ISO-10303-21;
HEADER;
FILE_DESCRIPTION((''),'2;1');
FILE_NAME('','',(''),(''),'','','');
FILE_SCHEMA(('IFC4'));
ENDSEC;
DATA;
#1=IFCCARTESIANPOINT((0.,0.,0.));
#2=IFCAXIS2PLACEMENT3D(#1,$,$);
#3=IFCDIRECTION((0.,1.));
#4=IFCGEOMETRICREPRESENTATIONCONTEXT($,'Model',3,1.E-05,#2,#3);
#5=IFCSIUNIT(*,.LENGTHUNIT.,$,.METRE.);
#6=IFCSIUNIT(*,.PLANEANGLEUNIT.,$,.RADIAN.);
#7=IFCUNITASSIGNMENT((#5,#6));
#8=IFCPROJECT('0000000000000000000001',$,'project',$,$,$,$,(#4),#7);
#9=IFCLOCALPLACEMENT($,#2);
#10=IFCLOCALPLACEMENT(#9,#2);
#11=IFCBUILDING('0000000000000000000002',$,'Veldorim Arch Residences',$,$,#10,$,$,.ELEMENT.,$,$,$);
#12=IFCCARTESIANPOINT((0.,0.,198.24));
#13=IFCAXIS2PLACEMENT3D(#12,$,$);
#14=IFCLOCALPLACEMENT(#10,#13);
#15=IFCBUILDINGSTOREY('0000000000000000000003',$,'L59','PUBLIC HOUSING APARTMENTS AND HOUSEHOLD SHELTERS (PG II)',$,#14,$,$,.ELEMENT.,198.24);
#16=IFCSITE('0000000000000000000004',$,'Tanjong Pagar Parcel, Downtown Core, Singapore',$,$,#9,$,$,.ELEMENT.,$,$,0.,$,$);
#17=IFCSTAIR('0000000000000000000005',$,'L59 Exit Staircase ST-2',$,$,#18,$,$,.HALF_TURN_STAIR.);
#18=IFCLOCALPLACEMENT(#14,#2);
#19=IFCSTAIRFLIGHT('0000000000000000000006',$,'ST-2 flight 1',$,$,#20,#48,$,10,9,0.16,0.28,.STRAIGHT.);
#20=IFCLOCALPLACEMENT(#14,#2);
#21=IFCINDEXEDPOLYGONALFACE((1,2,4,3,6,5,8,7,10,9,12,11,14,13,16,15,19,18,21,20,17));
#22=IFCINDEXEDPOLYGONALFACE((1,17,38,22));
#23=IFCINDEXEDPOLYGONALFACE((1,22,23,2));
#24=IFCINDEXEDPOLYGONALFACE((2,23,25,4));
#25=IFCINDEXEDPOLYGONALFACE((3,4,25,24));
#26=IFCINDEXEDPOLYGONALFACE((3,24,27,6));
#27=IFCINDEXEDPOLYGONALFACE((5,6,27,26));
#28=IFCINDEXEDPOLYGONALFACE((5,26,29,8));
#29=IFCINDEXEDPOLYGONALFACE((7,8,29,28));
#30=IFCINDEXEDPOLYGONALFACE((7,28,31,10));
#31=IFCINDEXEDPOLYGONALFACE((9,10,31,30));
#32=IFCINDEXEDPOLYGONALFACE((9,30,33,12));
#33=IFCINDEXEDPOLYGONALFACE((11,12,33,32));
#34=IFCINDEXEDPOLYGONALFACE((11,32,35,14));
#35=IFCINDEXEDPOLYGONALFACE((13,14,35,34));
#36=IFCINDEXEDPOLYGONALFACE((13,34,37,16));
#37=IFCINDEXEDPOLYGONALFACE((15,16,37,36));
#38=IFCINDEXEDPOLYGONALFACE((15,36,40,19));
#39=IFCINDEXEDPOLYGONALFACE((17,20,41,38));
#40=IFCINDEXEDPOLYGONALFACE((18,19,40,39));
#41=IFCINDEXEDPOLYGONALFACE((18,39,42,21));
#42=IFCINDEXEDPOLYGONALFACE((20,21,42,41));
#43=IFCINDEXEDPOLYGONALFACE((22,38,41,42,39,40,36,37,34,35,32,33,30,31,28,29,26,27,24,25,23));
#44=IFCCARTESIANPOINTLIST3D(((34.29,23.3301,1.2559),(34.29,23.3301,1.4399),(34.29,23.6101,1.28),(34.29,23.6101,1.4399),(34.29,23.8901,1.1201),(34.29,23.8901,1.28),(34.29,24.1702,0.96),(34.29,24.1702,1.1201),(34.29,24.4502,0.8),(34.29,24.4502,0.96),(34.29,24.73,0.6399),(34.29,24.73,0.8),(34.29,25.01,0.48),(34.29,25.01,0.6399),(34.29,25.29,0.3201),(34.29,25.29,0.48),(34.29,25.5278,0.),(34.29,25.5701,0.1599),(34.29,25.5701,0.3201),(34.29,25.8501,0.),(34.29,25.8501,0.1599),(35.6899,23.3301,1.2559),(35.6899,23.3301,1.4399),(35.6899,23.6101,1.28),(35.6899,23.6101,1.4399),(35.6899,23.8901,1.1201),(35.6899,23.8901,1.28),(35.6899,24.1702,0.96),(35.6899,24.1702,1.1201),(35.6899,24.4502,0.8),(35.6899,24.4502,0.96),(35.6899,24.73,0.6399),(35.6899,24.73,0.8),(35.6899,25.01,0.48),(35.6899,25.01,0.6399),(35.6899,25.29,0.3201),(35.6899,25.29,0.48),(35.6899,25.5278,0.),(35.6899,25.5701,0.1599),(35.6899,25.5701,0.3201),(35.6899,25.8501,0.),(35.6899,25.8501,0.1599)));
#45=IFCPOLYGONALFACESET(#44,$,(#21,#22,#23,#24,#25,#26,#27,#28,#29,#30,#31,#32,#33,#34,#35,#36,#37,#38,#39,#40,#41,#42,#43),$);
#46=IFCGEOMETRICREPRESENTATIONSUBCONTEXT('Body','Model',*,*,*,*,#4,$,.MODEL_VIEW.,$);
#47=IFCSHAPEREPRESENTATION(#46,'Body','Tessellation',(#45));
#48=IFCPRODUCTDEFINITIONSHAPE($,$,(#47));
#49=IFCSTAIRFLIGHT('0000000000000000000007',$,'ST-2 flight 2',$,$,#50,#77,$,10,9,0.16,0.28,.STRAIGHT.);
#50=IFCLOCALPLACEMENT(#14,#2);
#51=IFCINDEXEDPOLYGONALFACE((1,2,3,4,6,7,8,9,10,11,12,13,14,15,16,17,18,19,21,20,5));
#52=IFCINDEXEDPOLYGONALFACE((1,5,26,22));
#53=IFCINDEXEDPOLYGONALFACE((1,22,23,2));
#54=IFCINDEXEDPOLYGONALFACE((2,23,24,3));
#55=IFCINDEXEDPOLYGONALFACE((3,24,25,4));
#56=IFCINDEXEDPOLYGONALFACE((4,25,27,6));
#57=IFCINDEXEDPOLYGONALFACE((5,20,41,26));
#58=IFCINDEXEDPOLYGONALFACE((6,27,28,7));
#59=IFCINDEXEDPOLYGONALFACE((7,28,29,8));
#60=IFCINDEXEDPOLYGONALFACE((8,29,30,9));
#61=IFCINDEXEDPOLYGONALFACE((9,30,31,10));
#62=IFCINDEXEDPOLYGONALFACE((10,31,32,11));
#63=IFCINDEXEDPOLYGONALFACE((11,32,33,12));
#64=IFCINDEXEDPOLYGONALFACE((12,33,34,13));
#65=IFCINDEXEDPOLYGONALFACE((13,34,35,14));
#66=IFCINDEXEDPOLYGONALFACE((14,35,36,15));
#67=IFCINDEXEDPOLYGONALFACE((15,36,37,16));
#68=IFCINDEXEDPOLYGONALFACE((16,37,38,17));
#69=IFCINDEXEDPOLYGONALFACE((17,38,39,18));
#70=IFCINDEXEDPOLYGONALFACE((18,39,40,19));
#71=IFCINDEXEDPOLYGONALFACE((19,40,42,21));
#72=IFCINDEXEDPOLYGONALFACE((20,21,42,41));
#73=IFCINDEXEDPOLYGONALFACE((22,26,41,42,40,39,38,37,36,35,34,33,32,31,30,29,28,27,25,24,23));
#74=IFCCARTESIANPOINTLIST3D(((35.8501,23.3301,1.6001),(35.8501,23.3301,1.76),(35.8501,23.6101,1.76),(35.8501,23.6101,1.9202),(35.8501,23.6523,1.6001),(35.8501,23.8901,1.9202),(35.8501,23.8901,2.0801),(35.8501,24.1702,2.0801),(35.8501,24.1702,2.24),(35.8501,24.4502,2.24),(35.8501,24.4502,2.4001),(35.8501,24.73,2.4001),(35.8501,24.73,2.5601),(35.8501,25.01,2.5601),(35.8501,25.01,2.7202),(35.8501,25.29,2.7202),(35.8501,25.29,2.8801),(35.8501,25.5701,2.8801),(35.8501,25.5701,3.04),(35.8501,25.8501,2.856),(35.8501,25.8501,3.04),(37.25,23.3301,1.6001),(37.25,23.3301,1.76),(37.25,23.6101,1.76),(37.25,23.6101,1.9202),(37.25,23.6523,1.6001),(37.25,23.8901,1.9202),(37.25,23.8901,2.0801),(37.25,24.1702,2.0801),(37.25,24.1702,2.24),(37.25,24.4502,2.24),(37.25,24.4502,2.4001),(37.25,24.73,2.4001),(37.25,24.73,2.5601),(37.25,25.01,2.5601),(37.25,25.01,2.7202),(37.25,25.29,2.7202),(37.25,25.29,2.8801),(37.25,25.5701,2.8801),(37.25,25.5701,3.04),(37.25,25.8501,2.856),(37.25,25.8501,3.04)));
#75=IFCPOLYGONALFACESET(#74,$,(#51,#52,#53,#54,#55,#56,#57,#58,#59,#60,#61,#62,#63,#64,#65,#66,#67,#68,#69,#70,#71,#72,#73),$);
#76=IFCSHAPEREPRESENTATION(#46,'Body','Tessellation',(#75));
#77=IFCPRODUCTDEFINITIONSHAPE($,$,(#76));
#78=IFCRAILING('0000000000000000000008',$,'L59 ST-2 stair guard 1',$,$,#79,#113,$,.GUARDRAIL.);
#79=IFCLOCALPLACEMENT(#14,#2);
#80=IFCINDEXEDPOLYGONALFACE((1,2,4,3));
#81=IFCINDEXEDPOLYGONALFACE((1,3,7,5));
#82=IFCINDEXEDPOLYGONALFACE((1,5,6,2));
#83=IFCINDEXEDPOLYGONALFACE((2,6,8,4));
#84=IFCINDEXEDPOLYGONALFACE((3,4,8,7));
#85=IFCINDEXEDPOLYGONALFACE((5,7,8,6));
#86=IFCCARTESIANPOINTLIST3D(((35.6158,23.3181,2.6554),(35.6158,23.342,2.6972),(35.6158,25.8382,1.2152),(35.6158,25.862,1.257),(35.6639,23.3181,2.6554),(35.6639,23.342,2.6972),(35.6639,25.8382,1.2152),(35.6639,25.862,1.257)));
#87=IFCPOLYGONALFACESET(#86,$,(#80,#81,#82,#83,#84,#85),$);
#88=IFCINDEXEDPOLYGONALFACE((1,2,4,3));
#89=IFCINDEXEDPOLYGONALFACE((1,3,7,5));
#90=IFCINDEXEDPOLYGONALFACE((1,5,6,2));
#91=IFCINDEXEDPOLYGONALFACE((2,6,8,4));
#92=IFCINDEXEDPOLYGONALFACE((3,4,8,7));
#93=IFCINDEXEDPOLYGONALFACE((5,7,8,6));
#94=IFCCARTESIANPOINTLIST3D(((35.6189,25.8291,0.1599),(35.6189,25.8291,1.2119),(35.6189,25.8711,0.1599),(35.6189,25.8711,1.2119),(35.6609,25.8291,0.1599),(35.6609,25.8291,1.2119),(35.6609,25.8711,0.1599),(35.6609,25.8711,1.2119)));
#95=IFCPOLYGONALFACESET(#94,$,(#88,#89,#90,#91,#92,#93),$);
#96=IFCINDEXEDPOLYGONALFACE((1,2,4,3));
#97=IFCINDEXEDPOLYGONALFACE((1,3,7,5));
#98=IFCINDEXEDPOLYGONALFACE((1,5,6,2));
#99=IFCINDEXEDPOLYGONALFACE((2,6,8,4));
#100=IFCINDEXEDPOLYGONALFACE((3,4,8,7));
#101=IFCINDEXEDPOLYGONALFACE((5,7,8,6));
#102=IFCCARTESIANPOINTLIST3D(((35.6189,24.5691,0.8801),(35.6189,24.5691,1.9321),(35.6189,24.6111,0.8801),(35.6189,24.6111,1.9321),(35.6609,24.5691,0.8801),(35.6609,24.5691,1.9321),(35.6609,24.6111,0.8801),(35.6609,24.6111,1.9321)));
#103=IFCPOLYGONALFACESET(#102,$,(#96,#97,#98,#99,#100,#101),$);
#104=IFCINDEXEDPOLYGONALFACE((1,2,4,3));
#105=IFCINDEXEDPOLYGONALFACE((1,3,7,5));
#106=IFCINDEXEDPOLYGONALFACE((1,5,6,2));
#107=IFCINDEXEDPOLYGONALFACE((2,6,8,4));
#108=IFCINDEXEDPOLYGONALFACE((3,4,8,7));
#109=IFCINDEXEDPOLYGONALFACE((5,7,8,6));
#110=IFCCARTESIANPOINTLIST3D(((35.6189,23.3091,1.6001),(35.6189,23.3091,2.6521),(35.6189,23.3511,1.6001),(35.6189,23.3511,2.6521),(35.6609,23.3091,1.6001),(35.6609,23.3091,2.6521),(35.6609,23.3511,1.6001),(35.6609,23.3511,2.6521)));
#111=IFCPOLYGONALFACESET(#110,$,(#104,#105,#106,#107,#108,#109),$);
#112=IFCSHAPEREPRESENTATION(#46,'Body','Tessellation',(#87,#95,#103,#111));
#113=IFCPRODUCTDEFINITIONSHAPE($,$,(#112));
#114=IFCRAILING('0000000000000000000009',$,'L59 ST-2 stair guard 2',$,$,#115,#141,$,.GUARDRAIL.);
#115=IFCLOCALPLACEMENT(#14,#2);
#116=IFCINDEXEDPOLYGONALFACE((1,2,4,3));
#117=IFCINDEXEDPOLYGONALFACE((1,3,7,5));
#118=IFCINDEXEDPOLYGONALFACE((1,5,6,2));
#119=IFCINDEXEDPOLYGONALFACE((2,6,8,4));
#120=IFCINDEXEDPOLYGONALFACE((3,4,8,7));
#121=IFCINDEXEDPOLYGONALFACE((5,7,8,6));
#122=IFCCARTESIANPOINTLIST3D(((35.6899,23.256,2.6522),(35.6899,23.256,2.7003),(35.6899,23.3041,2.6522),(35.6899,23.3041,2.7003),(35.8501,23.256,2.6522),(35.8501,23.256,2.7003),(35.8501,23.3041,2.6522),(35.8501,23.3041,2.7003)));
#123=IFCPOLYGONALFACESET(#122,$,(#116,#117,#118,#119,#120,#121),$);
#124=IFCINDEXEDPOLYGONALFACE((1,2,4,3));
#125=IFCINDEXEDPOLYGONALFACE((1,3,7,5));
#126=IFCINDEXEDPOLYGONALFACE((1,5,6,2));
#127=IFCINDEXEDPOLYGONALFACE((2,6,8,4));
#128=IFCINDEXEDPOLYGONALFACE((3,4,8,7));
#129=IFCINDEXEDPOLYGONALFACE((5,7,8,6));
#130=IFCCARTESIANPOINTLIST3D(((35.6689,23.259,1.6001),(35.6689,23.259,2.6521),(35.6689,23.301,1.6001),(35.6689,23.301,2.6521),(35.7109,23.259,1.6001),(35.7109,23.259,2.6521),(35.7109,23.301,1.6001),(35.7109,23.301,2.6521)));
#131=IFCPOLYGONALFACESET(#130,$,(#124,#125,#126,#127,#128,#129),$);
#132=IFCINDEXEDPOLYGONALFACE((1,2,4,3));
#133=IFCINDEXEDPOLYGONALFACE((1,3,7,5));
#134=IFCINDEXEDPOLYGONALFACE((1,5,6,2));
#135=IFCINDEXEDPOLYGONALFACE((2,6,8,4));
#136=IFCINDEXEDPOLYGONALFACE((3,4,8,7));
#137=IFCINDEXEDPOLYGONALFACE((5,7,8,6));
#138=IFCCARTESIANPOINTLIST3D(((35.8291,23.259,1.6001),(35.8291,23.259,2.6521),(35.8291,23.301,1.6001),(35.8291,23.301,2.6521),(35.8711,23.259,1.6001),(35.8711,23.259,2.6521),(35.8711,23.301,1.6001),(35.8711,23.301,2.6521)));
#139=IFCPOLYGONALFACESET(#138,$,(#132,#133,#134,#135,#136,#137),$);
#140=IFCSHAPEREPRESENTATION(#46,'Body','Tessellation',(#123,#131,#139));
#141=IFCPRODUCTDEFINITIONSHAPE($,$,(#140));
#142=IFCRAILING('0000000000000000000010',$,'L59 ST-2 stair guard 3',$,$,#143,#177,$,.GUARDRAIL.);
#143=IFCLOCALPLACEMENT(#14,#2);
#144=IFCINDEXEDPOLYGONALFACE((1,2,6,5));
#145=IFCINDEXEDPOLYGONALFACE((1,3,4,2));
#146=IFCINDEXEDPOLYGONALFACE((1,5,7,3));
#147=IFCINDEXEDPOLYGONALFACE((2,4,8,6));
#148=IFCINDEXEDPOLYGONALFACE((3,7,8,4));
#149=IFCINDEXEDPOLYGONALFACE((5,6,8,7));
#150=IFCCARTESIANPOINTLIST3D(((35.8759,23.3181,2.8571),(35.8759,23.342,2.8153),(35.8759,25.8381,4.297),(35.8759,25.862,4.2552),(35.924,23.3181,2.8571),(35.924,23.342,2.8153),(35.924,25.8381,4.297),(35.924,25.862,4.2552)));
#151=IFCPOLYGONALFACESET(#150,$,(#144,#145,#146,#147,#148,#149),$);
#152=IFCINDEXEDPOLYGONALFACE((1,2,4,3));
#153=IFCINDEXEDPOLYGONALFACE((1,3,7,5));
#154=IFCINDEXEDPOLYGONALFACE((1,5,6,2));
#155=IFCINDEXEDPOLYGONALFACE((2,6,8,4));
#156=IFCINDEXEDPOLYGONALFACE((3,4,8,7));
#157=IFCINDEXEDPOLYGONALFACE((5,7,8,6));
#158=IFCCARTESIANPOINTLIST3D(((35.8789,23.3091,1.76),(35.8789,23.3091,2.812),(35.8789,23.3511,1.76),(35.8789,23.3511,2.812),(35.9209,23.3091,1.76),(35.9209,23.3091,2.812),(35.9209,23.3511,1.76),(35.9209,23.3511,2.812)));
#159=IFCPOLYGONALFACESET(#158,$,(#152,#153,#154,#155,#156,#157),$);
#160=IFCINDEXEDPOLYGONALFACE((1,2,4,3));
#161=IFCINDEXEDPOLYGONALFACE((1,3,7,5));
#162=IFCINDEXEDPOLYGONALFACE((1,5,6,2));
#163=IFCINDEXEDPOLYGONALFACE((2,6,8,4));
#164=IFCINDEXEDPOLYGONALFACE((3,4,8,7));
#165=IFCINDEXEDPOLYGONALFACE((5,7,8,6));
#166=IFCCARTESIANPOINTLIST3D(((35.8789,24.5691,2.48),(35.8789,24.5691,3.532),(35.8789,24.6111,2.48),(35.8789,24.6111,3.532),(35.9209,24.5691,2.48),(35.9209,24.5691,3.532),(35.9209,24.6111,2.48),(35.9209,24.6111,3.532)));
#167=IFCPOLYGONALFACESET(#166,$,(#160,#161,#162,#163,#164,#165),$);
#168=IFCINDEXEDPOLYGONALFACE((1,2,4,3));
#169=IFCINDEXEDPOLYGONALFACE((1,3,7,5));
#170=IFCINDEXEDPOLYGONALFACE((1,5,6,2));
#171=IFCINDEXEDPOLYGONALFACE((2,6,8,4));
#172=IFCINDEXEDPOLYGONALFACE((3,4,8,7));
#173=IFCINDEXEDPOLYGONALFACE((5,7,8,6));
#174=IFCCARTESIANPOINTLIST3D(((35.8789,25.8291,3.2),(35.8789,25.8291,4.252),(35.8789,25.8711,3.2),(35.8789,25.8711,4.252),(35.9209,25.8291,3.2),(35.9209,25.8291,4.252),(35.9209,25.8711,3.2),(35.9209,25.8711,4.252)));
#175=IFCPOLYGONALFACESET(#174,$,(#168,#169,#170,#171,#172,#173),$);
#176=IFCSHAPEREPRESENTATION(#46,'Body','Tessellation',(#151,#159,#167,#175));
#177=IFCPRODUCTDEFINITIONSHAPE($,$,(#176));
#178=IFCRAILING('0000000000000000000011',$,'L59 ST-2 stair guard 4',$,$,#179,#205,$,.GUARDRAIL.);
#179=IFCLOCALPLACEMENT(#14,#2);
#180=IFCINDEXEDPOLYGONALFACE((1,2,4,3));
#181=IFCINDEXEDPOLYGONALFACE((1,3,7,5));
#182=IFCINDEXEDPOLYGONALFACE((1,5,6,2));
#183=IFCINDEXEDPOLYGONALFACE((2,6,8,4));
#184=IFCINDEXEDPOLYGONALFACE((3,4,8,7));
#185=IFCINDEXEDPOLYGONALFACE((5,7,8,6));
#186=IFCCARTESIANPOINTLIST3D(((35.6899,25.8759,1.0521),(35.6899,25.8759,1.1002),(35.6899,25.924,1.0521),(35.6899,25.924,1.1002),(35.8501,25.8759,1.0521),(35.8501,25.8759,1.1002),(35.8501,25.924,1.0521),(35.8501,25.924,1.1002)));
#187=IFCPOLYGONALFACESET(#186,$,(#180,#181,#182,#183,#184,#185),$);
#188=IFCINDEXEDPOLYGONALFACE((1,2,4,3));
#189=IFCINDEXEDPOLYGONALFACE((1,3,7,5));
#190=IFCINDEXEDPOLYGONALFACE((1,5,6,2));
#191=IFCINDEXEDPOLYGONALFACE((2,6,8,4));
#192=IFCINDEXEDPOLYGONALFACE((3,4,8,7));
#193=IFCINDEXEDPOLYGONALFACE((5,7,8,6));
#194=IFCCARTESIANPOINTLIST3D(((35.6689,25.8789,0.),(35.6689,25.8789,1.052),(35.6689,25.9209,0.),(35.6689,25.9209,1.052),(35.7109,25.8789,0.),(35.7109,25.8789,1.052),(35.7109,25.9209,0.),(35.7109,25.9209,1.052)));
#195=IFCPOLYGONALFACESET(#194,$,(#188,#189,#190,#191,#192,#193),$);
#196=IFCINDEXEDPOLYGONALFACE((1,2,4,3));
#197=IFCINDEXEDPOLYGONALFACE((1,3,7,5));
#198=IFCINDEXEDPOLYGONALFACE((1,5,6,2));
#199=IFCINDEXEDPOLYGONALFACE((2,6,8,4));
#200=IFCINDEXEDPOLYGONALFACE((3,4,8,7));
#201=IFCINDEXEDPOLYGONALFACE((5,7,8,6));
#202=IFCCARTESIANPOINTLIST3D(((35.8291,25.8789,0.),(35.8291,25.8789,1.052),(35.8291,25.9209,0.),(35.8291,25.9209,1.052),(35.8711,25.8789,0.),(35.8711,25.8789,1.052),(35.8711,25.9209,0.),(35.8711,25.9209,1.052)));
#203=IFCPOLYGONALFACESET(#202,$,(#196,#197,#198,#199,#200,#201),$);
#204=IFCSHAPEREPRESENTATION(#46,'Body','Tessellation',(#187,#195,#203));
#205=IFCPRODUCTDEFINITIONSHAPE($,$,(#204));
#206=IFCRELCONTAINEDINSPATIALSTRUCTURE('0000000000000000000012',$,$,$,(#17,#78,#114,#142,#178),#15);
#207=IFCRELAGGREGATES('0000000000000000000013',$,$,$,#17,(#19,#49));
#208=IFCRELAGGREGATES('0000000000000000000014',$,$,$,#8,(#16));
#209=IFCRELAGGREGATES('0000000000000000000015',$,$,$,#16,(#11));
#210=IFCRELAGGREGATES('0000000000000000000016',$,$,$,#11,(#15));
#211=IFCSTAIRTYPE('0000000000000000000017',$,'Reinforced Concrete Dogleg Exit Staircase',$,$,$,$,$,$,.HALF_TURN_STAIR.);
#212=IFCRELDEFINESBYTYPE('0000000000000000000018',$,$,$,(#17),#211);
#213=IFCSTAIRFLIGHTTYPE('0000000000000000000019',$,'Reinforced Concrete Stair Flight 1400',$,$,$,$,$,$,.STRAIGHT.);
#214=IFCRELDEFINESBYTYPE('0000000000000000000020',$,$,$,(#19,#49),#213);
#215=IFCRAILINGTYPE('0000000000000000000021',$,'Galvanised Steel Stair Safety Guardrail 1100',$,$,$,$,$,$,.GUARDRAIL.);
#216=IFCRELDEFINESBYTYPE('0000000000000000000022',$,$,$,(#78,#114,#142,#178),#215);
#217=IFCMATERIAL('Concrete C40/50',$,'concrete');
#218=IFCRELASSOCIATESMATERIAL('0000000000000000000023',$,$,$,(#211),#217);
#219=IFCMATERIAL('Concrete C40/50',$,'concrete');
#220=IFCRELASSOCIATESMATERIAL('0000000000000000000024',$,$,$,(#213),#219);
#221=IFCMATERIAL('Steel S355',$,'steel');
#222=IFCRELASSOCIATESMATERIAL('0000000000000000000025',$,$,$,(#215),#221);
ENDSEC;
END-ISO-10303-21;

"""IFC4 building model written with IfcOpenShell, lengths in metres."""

from ifc_helpers import new_model, si_unit, direction, frame, origin, origin_2d, place, context, subcontext, project, spatial, polyline, rectangle, outline, extrude, material, type_object, element, aggregate, save


model = new_model("IFC4")

# Units and contexts
model_context = context("Model", 3, precision=1e-05, world=origin(), true_north=direction((0.0, 1.0)))
body_context = subcontext(model_context, "Body", "Model", "MODEL_VIEW")
ifc_project = project(units=[si_unit("LENGTHUNIT", "METRE"), si_unit("PLANEANGLEUNIT", "RADIAN")], contexts=[model_context])

# Site, building, storey
site_placement = place(None, origin())
site = spatial("IfcSite", under=ifc_project, at=site_placement, Name="Tanjong Pagar Parcel, Downtown Core, Singapore", CompositionType="ELEMENT", RefElevation=0.0)
building_placement = place(site_placement, origin())
building = spatial("IfcBuilding", under=site, at=building_placement, Name="Veldorim Arch Residences", CompositionType="ELEMENT")
storey_placement = place(building_placement, frame((0.0, 0.0, 198.24)))
storey = spatial("IfcBuildingStorey", under=building, at=storey_placement, Name="L59", Description="PUBLIC HOUSING APARTMENTS AND HOUSEHOLD SHELTERS (PG II)", CompositionType="ELEMENT", Elevation=198.24)

# Stair, stair flights
ifc_material_1 = material(Name="Concrete C40/50", Category="concrete")
stair_type = type_object("IfcStairType", Name="Reinforced Concrete Dogleg Exit Staircase", PredefinedType="HALF_TURN_STAIR", material=ifc_material_1)
stair_placement = place(storey_placement, origin())
stair = element("IfcStair", 1, at=stair_placement, inside=storey, type_object=stair_type, Name="L59 Exit Staircase ST-2", PredefinedType="HALF_TURN_STAIR")
ifc_material_2 = material(Name="Concrete C40/50", Category="concrete")
stair_flight_type = type_object("IfcStairFlightType", Name="Reinforced Concrete Stair Flight 1400", PredefinedType="STRAIGHT", material=ifc_material_2)
stair_flight_1_placement = place(storey_placement, frame((34.99, 25.8501, 0.0), z_axis=(0.0, 0.0, 1.0), x_axis=(0.0, -1.0, 0.0)))
stair_flight_1 = element("IfcStairFlight", 2, at=stair_flight_1_placement, type_object=stair_flight_type, Name="ST-2 flight 1", NumberOfRisers=10, NumberOfTreads=9, PredefinedType="STRAIGHT", RiserHeight=0.16, TreadLength=0.28, context=body_context, shape_type="SweptSolid", body=[
    extrude(outline(polyline([(0.0, 0.0), (0.0, 0.1599), (0.28, 0.1599), (0.28, 0.3201), (0.5601, 0.3201), (0.5601, 0.48), (0.8401, 0.48), (0.8401, 0.6399), (1.1201, 0.6399), (1.1201, 0.8), (1.3999, 0.8), (1.3999, 0.96), (1.6799, 0.96), (1.6799, 1.1201), (1.96, 1.1201), (1.96, 1.28), (2.24, 1.28), (2.24, 1.4399), (2.52, 1.4399), (2.52, 1.6001), (2.52, 1.2559), (0.3223, 0.0), (0.0, 0.0)])), frame((0.0, 0.7, 0.0), z_axis=(0.0, -1.0, 0.0), x_axis=(1.0, 0.0, 0.0)), (0.0, 0.0, 1.0), 1.3999),
])
stair_flight_2_placement = place(storey_placement, frame((36.55, 23.3301, 1.6001), z_axis=(0.0, 0.0, 1.0), x_axis=(0.0, 1.0, 0.0)))
stair_flight_2 = element("IfcStairFlight", 3, at=stair_flight_2_placement, type_object=stair_flight_type, Name="ST-2 flight 2", NumberOfRisers=10, NumberOfTreads=9, PredefinedType="STRAIGHT", RiserHeight=0.16, TreadLength=0.28, context=body_context, shape_type="SweptSolid", body=[
    extrude(outline(polyline([(0.0, 0.0), (0.0, 0.1599), (0.28, 0.1599), (0.28, 0.3201), (0.5601, 0.3201), (0.5601, 0.48), (0.8401, 0.48), (0.8401, 0.6399), (1.1201, 0.6399), (1.1201, 0.8), (1.3999, 0.8), (1.3999, 0.96), (1.6799, 0.96), (1.6799, 1.1201), (1.96, 1.1201), (1.96, 1.28), (2.24, 1.28), (2.24, 1.4399), (2.52, 1.4399), (2.52, 1.6001), (2.52, 1.2559), (0.3223, 0.0), (0.0, 0.0)])), frame((0.0, 0.7, 0.0), z_axis=(0.0, -1.0, 0.0), x_axis=(1.0, 0.0, 0.0)), (0.0, 0.0, 1.0), 1.3999),
])
aggregate(stair, [stair_flight_1, stair_flight_2])

# Railings
ifc_material_3 = material(Name="Steel S355", Category="steel")
railing_type_1 = type_object("IfcRailingType", Name="Galvanised Steel Stair Safety Guardrail 1100", PredefinedType="GUARDRAIL", material=ifc_material_3)
railing_1_placement = place(storey_placement, frame((35.6399, 25.8501, 0.1599)))
element("IfcRailing", 4, at=railing_1_placement, inside=storey, type_object=railing_type_1, Name="L59 ST-2 stair guard 1", PredefinedType="GUARDRAIL", context=body_context, shape_type="SweptSolid", body=[
    extrude(rectangle(XDim=0.0481, YDim=0.0481, at=origin_2d()), frame((0.0, 0.0, 1.0762), z_axis=(0.0, -0.868217, 0.496184), x_axis=(1.0, 0.0, 0.0)), (0.0, 0.0, 1.0), 2.9026),
    extrude(rectangle(XDim=0.042, YDim=0.042, at=origin_2d()), origin(), (0.0, 0.0, 1.0), 1.052),
    extrude(rectangle(XDim=0.042, YDim=0.042, at=origin_2d()), frame((0.0, -1.26, 0.7202)), (0.0, 0.0, 1.0), 1.052),
    extrude(rectangle(XDim=0.042, YDim=0.042, at=origin_2d()), frame((0.0, -2.52, 1.4402)), (0.0, 0.0, 1.0), 1.052),
])
railing_2_placement = place(storey_placement, frame((35.6899, 23.28, 1.6001)))
element("IfcRailing", 5, at=railing_2_placement, inside=storey, type_object=railing_type_1, Name="L59 ST-2 stair guard 2", PredefinedType="GUARDRAIL", context=body_context, shape_type="SweptSolid", body=[
    extrude(rectangle(XDim=0.0481, YDim=0.0481, at=origin_2d()), frame((0.0, 0.0, 1.0762), z_axis=(1.0, 0.0, 0.0), x_axis=(0.0, 1.0, 0.0)), (0.0, 0.0, 1.0), 0.1602),
    extrude(rectangle(XDim=0.042, YDim=0.042, at=origin_2d()), origin(), (0.0, 0.0, 1.0), 1.052),
    extrude(rectangle(XDim=0.042, YDim=0.042, at=origin_2d()), frame((0.1602, 0.0, 0.0)), (0.0, 0.0, 1.0), 1.052),
])
railing_3_placement = place(storey_placement, frame((35.8999, 23.3301, 1.76)))
element("IfcRailing", 6, at=railing_3_placement, inside=storey, type_object=railing_type_1, Name="L59 ST-2 stair guard 3", PredefinedType="GUARDRAIL", context=body_context, shape_type="SweptSolid", body=[
    extrude(rectangle(XDim=0.0481, YDim=0.0481, at=origin_2d()), frame((0.0, 0.0, 1.0762), z_axis=(0.0, 0.868253, 0.496121), x_axis=(-1.0, 0.0, 0.0)), (0.0, 0.0, 1.0), 2.9023),
    extrude(rectangle(XDim=0.042, YDim=0.042, at=origin_2d()), origin(), (0.0, 0.0, 1.0), 1.052),
    extrude(rectangle(XDim=0.042, YDim=0.042, at=origin_2d()), frame((0.0, 1.26, 0.72)), (0.0, 0.0, 1.0), 1.052),
    extrude(rectangle(XDim=0.042, YDim=0.042, at=origin_2d()), frame((0.0, 2.52, 1.4399)), (0.0, 0.0, 1.0), 1.052),
])
railing_4_placement = place(storey_placement, frame((35.6899, 25.8999, 0.0)))
element("IfcRailing", 7, at=railing_4_placement, inside=storey, type_object=railing_type_1, Name="L59 ST-2 stair guard 4", PredefinedType="GUARDRAIL", context=body_context, shape_type="SweptSolid", body=[
    extrude(rectangle(XDim=0.0481, YDim=0.0481, at=origin_2d()), frame((0.0, 0.0, 1.0762), z_axis=(1.0, 0.0, 0.0), x_axis=(0.0, 1.0, 0.0)), (0.0, 0.0, 1.0), 0.1602),
    extrude(rectangle(XDim=0.042, YDim=0.042, at=origin_2d()), origin(), (0.0, 0.0, 1.0), 1.052),
    extrude(rectangle(XDim=0.042, YDim=0.042, at=origin_2d()), frame((0.1602, 0.0, 0.0)), (0.0, 0.0, 1.0), 1.052),
])

save(model, "model.ifc")
